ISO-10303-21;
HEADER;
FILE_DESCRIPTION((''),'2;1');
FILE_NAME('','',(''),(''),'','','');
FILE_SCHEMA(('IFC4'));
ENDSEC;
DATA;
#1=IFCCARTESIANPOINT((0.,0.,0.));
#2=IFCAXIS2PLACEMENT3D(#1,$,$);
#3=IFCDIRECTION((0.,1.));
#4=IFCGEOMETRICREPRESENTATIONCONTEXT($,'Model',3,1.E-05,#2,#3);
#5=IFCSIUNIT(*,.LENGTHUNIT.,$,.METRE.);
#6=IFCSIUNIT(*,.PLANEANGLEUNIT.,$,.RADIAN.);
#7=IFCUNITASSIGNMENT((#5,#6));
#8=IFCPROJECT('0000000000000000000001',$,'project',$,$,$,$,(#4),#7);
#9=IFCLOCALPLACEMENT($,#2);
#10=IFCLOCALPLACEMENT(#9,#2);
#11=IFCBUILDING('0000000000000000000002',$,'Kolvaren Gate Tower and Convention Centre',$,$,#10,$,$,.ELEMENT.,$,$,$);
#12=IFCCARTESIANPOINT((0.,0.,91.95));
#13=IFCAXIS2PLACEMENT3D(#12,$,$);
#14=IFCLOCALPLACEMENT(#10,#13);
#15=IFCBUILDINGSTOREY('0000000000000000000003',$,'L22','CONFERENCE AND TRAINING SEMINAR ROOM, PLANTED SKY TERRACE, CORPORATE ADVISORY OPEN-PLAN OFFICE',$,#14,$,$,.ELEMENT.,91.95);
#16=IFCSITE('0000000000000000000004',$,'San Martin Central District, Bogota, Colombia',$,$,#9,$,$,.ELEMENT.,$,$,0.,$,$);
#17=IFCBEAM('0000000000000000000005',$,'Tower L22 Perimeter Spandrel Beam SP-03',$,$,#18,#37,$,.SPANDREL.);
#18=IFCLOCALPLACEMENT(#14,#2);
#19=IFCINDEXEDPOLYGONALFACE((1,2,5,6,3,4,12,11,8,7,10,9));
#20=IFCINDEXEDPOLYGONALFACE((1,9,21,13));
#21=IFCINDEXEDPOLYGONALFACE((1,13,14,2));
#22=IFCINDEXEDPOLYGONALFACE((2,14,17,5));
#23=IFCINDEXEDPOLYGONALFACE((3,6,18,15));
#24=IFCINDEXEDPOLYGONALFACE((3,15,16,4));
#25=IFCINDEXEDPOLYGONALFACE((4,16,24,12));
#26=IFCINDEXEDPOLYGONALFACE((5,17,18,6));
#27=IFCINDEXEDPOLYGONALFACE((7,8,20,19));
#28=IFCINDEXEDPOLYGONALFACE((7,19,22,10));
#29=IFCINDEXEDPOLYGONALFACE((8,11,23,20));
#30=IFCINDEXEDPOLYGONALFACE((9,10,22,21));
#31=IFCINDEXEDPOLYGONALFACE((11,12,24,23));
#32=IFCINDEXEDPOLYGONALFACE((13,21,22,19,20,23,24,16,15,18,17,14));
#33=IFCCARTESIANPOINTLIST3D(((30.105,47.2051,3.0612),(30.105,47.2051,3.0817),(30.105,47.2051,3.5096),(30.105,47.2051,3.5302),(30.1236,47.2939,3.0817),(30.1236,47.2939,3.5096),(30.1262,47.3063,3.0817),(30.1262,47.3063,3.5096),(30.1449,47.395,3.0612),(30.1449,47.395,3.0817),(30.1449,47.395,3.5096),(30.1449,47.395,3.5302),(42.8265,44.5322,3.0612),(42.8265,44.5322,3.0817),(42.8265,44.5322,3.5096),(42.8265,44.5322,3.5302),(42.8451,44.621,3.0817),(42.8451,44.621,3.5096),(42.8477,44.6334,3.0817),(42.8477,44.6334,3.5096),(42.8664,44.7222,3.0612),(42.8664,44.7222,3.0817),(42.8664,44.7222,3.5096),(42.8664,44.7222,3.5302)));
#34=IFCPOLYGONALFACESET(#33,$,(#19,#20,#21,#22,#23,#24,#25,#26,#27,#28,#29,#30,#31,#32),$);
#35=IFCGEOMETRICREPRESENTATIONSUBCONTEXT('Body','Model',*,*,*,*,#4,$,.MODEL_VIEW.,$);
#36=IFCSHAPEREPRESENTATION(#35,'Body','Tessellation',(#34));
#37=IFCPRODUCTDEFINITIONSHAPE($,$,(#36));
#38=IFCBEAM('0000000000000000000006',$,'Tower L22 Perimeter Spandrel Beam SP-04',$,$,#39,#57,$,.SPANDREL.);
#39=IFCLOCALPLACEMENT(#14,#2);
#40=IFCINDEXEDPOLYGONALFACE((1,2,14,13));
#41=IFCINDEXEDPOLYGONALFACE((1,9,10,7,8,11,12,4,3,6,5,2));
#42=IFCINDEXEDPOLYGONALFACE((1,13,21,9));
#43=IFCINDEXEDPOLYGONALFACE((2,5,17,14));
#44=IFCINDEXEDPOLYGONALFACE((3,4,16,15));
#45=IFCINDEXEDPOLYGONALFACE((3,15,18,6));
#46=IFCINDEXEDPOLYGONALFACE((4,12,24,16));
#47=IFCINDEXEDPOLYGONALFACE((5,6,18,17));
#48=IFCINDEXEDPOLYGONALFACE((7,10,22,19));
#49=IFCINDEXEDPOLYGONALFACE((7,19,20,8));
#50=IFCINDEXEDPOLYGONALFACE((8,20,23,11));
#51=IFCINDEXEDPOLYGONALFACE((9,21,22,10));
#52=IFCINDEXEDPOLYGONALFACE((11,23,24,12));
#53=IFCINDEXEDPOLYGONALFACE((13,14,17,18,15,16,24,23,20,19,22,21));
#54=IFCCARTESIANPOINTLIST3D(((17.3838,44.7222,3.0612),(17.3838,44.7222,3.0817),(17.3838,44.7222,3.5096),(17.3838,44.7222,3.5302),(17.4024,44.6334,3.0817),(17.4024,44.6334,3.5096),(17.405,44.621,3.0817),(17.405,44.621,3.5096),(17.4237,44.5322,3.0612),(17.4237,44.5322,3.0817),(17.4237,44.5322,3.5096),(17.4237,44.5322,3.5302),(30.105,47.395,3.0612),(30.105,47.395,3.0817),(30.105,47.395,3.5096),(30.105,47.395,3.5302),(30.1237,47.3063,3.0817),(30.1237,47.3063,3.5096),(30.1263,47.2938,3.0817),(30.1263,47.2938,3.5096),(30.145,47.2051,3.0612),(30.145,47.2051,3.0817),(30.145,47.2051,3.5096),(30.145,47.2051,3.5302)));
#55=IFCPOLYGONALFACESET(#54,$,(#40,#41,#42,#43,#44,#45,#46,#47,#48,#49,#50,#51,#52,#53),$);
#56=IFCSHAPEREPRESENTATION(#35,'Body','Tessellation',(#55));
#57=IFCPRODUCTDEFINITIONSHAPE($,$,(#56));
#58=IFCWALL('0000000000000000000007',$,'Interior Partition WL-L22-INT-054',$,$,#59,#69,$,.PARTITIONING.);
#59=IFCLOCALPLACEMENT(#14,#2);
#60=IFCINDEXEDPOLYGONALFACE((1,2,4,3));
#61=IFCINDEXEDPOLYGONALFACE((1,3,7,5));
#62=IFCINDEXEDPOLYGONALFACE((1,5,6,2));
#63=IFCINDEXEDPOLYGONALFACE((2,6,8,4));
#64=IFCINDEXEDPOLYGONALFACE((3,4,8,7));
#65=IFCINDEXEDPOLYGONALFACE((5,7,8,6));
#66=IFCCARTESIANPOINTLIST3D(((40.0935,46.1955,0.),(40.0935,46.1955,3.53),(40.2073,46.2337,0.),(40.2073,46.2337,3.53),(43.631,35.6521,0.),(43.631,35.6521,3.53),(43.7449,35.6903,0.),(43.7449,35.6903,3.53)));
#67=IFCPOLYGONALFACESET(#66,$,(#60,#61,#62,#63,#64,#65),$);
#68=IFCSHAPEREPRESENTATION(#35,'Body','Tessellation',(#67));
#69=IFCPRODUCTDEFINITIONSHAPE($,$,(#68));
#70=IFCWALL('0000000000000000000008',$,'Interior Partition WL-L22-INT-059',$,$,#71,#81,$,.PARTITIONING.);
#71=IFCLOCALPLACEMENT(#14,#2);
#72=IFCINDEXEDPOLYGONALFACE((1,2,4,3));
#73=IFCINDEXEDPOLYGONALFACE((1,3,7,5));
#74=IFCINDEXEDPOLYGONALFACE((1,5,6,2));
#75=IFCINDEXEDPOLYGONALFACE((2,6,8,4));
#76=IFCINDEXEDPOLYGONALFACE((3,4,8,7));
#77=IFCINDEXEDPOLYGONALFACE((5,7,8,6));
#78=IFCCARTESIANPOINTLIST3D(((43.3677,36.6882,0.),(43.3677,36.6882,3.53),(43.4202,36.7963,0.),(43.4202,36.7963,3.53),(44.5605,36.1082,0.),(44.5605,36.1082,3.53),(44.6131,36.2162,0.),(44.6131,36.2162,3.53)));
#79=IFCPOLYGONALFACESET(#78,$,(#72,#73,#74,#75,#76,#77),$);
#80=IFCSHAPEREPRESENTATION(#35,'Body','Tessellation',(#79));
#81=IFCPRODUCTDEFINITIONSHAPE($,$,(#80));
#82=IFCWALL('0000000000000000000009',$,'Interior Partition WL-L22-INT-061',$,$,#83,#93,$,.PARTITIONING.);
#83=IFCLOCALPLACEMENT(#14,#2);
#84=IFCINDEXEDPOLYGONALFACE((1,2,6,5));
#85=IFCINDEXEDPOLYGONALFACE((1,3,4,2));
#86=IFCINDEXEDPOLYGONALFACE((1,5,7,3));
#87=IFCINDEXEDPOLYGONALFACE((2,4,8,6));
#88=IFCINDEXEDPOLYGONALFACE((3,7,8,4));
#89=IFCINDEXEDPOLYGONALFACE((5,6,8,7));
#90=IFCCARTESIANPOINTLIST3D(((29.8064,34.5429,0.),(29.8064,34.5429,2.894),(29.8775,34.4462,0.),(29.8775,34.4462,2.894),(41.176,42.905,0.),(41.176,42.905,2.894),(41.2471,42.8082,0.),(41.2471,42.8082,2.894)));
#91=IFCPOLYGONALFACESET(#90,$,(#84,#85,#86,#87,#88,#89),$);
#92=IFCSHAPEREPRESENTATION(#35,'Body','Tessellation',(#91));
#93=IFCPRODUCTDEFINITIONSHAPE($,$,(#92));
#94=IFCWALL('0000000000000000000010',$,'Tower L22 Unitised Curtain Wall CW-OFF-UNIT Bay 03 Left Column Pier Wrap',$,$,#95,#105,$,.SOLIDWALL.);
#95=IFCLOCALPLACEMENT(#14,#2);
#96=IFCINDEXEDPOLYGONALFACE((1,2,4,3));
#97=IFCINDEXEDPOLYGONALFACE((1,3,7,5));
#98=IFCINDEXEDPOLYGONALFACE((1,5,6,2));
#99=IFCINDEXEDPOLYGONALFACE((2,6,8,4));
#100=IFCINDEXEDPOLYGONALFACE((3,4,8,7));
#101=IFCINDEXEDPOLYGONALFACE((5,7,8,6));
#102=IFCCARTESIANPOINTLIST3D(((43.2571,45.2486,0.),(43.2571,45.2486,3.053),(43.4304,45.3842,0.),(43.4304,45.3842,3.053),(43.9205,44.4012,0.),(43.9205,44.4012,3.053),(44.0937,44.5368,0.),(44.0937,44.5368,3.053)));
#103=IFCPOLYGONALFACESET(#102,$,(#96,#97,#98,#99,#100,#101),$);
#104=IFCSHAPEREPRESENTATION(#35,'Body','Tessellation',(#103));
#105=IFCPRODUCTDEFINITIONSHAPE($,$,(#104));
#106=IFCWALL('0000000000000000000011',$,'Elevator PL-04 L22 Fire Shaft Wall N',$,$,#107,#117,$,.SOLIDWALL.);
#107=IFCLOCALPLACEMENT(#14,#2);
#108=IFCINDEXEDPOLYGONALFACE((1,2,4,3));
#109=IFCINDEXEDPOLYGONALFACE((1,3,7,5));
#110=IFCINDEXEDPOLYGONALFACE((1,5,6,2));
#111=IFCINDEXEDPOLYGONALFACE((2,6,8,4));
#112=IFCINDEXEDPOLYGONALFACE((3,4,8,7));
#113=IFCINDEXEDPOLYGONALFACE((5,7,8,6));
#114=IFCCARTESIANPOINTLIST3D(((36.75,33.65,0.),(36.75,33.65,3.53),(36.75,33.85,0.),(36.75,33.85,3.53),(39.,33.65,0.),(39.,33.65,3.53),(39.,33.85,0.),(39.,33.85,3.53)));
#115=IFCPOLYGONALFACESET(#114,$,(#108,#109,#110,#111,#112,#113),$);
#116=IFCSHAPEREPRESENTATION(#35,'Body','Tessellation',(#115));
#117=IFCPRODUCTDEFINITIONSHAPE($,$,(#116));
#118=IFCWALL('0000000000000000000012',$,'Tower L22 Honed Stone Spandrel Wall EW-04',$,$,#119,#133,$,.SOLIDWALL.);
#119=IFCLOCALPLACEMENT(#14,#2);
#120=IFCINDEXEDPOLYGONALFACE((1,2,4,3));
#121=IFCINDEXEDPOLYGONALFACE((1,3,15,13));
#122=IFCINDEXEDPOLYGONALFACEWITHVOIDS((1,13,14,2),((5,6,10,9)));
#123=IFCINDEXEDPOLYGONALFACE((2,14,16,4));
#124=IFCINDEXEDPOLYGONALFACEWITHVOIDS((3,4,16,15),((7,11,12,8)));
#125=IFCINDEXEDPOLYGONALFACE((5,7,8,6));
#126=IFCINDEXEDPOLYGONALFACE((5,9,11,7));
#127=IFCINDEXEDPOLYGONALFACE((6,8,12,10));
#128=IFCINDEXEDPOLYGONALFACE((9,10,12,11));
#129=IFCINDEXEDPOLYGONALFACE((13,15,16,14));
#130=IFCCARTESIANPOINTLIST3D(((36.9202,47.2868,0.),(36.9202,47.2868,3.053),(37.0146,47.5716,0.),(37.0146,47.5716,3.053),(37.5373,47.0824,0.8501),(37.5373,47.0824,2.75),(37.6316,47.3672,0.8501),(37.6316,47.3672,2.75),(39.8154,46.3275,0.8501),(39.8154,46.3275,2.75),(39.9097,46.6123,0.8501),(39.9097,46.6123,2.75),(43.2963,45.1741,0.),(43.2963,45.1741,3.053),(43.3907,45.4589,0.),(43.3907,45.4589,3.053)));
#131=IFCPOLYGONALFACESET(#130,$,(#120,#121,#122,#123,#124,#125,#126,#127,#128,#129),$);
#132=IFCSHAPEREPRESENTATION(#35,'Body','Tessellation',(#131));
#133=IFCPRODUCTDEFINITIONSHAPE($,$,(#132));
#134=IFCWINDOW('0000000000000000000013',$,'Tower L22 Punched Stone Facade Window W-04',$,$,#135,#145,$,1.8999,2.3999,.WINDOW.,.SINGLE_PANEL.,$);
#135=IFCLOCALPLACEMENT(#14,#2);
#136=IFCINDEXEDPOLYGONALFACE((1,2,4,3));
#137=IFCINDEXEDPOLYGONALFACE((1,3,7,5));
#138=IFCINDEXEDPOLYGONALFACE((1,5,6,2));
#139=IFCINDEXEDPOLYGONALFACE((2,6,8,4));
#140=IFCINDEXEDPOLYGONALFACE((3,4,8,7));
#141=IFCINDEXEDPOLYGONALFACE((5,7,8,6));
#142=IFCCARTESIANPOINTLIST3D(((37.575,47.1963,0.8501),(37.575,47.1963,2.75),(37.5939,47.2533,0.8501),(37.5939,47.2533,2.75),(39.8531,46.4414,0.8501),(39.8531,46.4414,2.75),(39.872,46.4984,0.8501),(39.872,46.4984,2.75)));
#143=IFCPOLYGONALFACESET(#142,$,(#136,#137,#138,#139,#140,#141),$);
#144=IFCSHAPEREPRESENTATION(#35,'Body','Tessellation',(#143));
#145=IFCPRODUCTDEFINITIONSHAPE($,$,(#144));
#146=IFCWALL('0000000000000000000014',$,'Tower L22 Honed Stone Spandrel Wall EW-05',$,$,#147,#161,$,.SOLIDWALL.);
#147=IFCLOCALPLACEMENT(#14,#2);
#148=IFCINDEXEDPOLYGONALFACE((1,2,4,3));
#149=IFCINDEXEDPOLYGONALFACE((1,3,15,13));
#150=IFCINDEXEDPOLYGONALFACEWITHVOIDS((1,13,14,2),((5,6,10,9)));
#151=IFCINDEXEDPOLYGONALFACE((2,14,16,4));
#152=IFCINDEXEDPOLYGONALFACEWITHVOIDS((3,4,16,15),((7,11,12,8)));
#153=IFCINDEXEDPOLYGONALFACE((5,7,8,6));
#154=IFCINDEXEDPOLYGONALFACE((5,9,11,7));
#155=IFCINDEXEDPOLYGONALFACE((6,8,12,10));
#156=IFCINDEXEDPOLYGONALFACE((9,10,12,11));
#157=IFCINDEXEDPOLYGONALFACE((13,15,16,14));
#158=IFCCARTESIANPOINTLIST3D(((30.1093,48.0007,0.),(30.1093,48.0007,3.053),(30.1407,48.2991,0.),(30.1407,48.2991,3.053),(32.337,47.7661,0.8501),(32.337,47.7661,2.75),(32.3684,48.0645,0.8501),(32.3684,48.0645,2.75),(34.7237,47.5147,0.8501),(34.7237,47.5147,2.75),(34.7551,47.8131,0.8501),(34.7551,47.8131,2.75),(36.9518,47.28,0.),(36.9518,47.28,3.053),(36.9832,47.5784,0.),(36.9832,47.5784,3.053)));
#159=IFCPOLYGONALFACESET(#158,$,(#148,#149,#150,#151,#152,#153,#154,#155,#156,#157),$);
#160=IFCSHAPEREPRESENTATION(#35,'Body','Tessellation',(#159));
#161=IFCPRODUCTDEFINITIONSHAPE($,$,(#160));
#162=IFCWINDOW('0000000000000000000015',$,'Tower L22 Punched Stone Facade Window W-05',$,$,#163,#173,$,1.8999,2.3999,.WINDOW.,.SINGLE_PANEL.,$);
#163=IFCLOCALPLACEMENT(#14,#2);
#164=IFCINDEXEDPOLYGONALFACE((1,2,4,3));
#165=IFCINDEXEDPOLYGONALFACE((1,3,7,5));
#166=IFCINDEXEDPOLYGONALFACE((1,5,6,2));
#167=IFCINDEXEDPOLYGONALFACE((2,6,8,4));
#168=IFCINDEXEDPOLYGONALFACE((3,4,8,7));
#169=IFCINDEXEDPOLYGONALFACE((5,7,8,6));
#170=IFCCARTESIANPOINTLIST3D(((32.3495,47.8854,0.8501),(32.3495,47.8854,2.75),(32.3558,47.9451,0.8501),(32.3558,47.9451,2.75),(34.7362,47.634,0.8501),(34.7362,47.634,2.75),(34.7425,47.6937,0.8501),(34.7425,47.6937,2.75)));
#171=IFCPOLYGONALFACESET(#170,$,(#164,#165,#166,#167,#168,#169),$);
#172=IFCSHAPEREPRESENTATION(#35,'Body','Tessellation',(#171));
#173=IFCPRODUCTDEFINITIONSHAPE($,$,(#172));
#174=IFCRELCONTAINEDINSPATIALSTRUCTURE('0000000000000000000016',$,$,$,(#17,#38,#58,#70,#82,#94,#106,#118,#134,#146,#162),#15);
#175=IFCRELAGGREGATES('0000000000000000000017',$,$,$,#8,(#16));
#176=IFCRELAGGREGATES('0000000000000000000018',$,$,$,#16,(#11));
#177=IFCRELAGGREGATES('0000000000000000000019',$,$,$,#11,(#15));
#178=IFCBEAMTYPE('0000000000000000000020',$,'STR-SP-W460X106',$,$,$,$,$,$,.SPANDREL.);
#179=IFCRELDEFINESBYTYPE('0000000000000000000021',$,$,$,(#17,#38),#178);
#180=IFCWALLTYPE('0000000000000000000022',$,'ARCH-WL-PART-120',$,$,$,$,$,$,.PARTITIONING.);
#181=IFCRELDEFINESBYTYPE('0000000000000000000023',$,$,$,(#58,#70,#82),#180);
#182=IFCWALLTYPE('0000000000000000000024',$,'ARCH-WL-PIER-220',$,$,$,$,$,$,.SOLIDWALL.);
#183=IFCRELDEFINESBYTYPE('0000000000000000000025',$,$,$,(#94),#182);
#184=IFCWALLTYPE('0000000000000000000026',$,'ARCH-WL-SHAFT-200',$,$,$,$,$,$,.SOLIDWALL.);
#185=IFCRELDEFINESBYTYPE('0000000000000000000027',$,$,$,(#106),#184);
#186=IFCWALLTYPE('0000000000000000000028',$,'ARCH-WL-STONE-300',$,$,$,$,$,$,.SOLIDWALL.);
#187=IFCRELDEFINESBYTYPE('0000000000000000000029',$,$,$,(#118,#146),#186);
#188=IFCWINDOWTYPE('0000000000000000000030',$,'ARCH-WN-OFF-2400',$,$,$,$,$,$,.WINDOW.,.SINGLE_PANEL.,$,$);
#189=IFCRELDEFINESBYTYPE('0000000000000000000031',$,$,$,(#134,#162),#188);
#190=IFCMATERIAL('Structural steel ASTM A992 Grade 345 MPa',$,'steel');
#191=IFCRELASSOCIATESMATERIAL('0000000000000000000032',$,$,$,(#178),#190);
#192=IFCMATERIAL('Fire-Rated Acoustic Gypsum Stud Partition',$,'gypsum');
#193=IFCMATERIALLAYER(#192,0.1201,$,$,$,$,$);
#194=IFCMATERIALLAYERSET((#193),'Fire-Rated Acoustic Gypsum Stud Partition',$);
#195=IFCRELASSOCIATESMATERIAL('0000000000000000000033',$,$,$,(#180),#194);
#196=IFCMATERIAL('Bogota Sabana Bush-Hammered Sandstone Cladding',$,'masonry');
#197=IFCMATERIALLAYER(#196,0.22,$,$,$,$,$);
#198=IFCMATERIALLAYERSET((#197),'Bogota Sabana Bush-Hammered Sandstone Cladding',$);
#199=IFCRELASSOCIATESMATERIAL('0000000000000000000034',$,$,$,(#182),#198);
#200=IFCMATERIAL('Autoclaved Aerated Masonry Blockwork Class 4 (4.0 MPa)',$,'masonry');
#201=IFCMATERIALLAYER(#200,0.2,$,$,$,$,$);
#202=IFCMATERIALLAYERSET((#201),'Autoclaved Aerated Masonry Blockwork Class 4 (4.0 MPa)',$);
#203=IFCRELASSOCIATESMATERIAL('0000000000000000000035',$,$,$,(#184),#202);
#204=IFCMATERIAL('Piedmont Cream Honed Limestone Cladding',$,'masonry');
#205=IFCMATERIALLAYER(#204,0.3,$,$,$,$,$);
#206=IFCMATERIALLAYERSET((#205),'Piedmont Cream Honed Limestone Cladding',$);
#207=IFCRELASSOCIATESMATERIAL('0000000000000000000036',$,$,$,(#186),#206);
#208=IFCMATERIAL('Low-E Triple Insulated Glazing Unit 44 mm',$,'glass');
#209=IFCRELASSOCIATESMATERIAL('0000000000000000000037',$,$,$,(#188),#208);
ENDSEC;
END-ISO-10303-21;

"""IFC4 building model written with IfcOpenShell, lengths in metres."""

from ifc_helpers import new_model, si_unit, direction, frame, frame_2d, origin, origin_2d, place, context, subcontext, project, spatial, rectangle, i_section, extrude, material, layer, layer_set, material_profile, profile_set, type_object, element, fill, save


model = new_model("IFC4")

# Units and contexts
model_context = context("Model", 3, precision=1e-05, world=origin(), true_north=direction((0.0, 1.0)))
body_context = subcontext(model_context, "Body", "Model", "MODEL_VIEW")
ifc_project = project(units=[si_unit("LENGTHUNIT", "METRE"), si_unit("PLANEANGLEUNIT", "RADIAN")], contexts=[model_context])

# Site, building, storey
site_placement = place(None, origin())
site = spatial("IfcSite", under=ifc_project, at=site_placement, Name="San Martin Central District, Bogota, Colombia", CompositionType="ELEMENT", RefElevation=0.0)
building_placement = place(site_placement, origin())
building = spatial("IfcBuilding", under=site, at=building_placement, Name="Kolvaren Gate Tower and Convention Centre", CompositionType="ELEMENT")
storey_placement = place(building_placement, frame((0.0, 0.0, 91.95)))
storey = spatial("IfcBuildingStorey", under=building, at=storey_placement, Name="L22", Description="CONFERENCE AND TRAINING SEMINAR ROOM, PLANTED SKY TERRACE, CORPORATE ADVISORY OPEN-PLAN OFFICE", CompositionType="ELEMENT", Elevation=91.95)

# Beams
ifc_material_1 = material(Name="Structural steel ASTM A992 Grade 345 MPa", Category="steel")
ifc_material_profile_1 = material_profile(ifc_material_1, i_section(OverallWidth=0.1941, OverallDepth=0.469, WebThickness=0.0127, FlangeThickness=0.0205, at=origin_2d()), Name="W460X106")
ifc_profile_set_1 = profile_set([ifc_material_profile_1], Name="Structural steel ASTM A992 Grade 345 MPa")
beam_type_1 = type_object("IfcBeamType", Name="STR-SP-W460X106", PredefinedType="SPANDREL", material=ifc_profile_set_1)
beam_1_placement = place(storey_placement, frame((42.8464, 44.6272, 3.2957), z_axis=(-0.978633, 0.205617, 0.0), x_axis=(-0.205617, -0.978633, 0.0)))
element("IfcBeam", 1, at=beam_1_placement, inside=storey, type_object=beam_type_1, Name="Tower L22 Perimeter Spandrel Beam SP-03", PredefinedType="SPANDREL", context=body_context, shape_type="SweptSolid", body=[
    extrude(i_section(OverallWidth=0.1941, OverallDepth=0.469, WebThickness=0.0127, FlangeThickness=0.0205, at=origin_2d()), origin(), (0.0, 0.0, 1.0), 12.9993),
])
beam_2_placement = place(storey_placement, frame((30.125, 47.3, 3.2957), z_axis=(-0.978632, -0.20562, 0.0), x_axis=(0.20562, -0.978632, 0.0)))
element("IfcBeam", 2, at=beam_2_placement, inside=storey, type_object=beam_type_1, Name="Tower L22 Perimeter Spandrel Beam SP-04", PredefinedType="SPANDREL", context=body_context, shape_type="SweptSolid", body=[
    extrude(i_section(OverallWidth=0.1941, OverallDepth=0.469, WebThickness=0.0127, FlangeThickness=0.0205, at=origin_2d()), origin(), (0.0, 0.0, 1.0), 12.999),
])

# Walls
ifc_material_2 = material(Name="Fire-Rated Acoustic Gypsum Stud Partition", Category="gypsum")
ifc_layer_1 = layer(ifc_material_2, 0.1201)
ifc_layer_set_1 = layer_set([ifc_layer_1], Name="Fire-Rated Acoustic Gypsum Stud Partition")
wall_type_1 = type_object("IfcWallType", Name="ARCH-WL-PART-120", PredefinedType="PARTITIONING", material=ifc_layer_set_1)
wall_1_placement = place(storey_placement, frame((40.1504, 46.2146, 0.0), z_axis=(0.0, 0.0, 1.0), x_axis=(0.318098, -0.948058, 0.0)))
element("IfcWall", 3, at=wall_1_placement, inside=storey, type_object=wall_type_1, Name="Interior Partition WL-L22-INT-054", PredefinedType="PARTITIONING", context=body_context, shape_type="SweptSolid", body=[
    extrude(rectangle(XDim=11.1211, YDim=0.1201, at=frame_2d((5.5605, 0.0))), origin(), (0.0, 0.0, 1.0), 3.53),
])
wall_2_placement = place(storey_placement, frame((43.394, 36.7422, 0.0), z_axis=(0.0, 0.0, 1.0), x_axis=(0.899306, -0.437321, 0.0)))
element("IfcWall", 4, at=wall_2_placement, inside=storey, type_object=wall_type_1, Name="Interior Partition WL-L22-INT-059", PredefinedType="PARTITIONING", context=body_context, shape_type="SweptSolid", body=[
    extrude(rectangle(XDim=1.3264, YDim=0.1201, at=frame_2d((0.6631, 0.0))), origin(), (0.0, 0.0, 1.0), 3.53),
])
wall_3_placement = place(storey_placement, frame((29.842, 34.4946, 0.0), z_axis=(0.0, 0.0, 1.0), x_axis=(0.805582, 0.592484, 0.0)))
element("IfcWall", 5, at=wall_3_placement, inside=storey, type_object=wall_type_1, Name="Interior Partition WL-L22-INT-061", PredefinedType="PARTITIONING", context=body_context, shape_type="SweptSolid", body=[
    extrude(rectangle(XDim=14.1135, YDim=0.1201, at=frame_2d((7.0566, 0.0))), origin(), (0.0, 0.0, 1.0), 2.894),
])
ifc_material_3 = material(Name="Bogota Sabana Bush-Hammered Sandstone Cladding", Category="masonry")
ifc_layer_2 = layer(ifc_material_3, 0.22)
ifc_layer_set_2 = layer_set([ifc_layer_2], Name="Bogota Sabana Bush-Hammered Sandstone Cladding")
wall_type_2 = type_object("IfcWallType", Name="ARCH-WL-PIER-220", PredefinedType="SOLIDWALL", material=ifc_layer_set_2)
wall_4_placement = place(storey_placement, frame((43.3438, 45.3164, 0.0), z_axis=(0.0, 0.0, 1.0), x_axis=(0.616388, -0.787443, 0.0)))
element("IfcWall", 6, at=wall_4_placement, inside=storey, type_object=wall_type_2, Name="Tower L22 Unitised Curtain Wall CW-OFF-UNIT Bay 03 Left Column Pier Wrap", PredefinedType="SOLIDWALL", context=body_context, shape_type="SweptSolid", body=[
    extrude(rectangle(XDim=1.0762, YDim=0.22, at=frame_2d((0.5381, 0.0))), origin(), (0.0, 0.0, 1.0), 3.053),
])
ifc_material_4 = material(Name="Autoclaved Aerated Masonry Blockwork Class 4 (4.0 MPa)", Category="masonry")
ifc_layer_3 = layer(ifc_material_4, 0.2)
ifc_layer_set_3 = layer_set([ifc_layer_3], Name="Autoclaved Aerated Masonry Blockwork Class 4 (4.0 MPa)")
wall_type_3 = type_object("IfcWallType", Name="ARCH-WL-SHAFT-200", PredefinedType="SOLIDWALL", material=ifc_layer_set_3)
wall_5_placement = place(storey_placement, frame((36.75, 33.75, 0.0), z_axis=(0.0, 0.0, 1.0), x_axis=(1.0, 0.0, 0.0)))
element("IfcWall", 7, at=wall_5_placement, inside=storey, type_object=wall_type_3, Name="Elevator PL-04 L22 Fire Shaft Wall N", PredefinedType="SOLIDWALL", context=body_context, shape_type="SweptSolid", body=[
    extrude(rectangle(XDim=2.25, YDim=0.2, at=frame_2d((1.125, 0.0))), origin(), (0.0, 0.0, 1.0), 3.53),
])

# Walls, openings, windows
ifc_material_5 = material(Name="Piedmont Cream Honed Limestone Cladding", Category="masonry")
ifc_layer_4 = layer(ifc_material_5, 0.3)
ifc_layer_set_4 = layer_set([ifc_layer_4], Name="Piedmont Cream Honed Limestone Cladding")
wall_type_4 = type_object("IfcWallType", Name="ARCH-WL-STONE-300", PredefinedType="SOLIDWALL", material=ifc_layer_set_4)
wall_6_placement = place(storey_placement, frame((36.9675, 47.4292, 0.0), z_axis=(0.0, 0.0, 1.0), x_axis=(0.949245, -0.314537, 0.0)))
wall_6 = element("IfcWall", 8, at=wall_6_placement, inside=storey, type_object=wall_type_4, Name="Tower L22 Honed Stone Spandrel Wall EW-04", PredefinedType="SOLIDWALL", context=body_context, shape_type="SweptSolid", body=[
    extrude(rectangle(XDim=6.717, YDim=0.3, at=frame_2d((3.3584, 0.0))), origin(), (0.0, 0.0, 1.0), 3.053),
])
opening_1_placement = place(wall_6_placement, frame((0.6499, 0.0, 0.8501)))
opening_1 = element("IfcOpeningElement", 9, at=opening_1_placement, cuts=wall_6, PredefinedType="OPENING", context=body_context, shape_type="SweptSolid", body=[
    extrude(rectangle(XDim=2.3999, YDim=1.8999, at=frame_2d((1.2, 0.95))), frame((0.0, 0.1599, 0.0), z_axis=(0.0, -1.0, 0.0), x_axis=(1.0, 0.0, 0.0)), (0.0, 0.0, 1.0), 0.3201),
])
ifc_material_6 = material(Name="Low-E Triple Insulated Glazing Unit 44 mm", Category="glass")
window_type = type_object("IfcWindowType", Name="ARCH-WN-OFF-2400", PartitioningType="SINGLE_PANEL", PredefinedType="WINDOW", material=ifc_material_6)
window_1_placement = place(opening_1_placement, origin())
window_1 = element("IfcWindow", 10, at=window_1_placement, inside=storey, type_object=window_type, Name="Tower L22 Punched Stone Facade Window W-04", OverallHeight=1.8999, OverallWidth=2.3999, PartitioningType="SINGLE_PANEL", PredefinedType="WINDOW", context=body_context, shape_type="SweptSolid", body=[
    extrude(rectangle(XDim=2.3999, YDim=1.8999, at=frame_2d((1.2, 0.95))), frame((0.0, 0.03, 0.0), z_axis=(0.0, -1.0, 0.0), x_axis=(1.0, 0.0, 0.0)), (0.0, 0.0, 1.0), 0.0601),
])
fill(opening_1, window_1)
wall_7_placement = place(storey_placement, frame((30.125, 48.1499, 0.0), z_axis=(0.0, 0.0, 1.0), x_axis=(0.994499, -0.104748, 0.0)))
wall_7 = element("IfcWall", 11, at=wall_7_placement, inside=storey, type_object=wall_type_4, Name="Tower L22 Honed Stone Spandrel Wall EW-05", PredefinedType="SOLIDWALL", context=body_context, shape_type="SweptSolid", body=[
    extrude(rectangle(XDim=6.8804, YDim=0.3, at=frame_2d((3.4402, 0.0))), origin(), (0.0, 0.0, 1.0), 3.053),
])
opening_2_placement = place(wall_7_placement, frame((2.24, 0.0, 0.8501)))
opening_2 = element("IfcOpeningElement", 12, at=opening_2_placement, cuts=wall_7, PredefinedType="OPENING", context=body_context, shape_type="SweptSolid", body=[
    extrude(rectangle(XDim=2.3999, YDim=1.8999, at=frame_2d((1.2, 0.95))), frame((0.0, 0.1599, 0.0), z_axis=(0.0, -1.0, 0.0), x_axis=(1.0, 0.0, 0.0)), (0.0, 0.0, 1.0), 0.3201),
])
window_2_placement = place(opening_2_placement, origin())
window_2 = element("IfcWindow", 13, at=window_2_placement, inside=storey, type_object=window_type, Name="Tower L22 Punched Stone Facade Window W-05", OverallHeight=1.8999, OverallWidth=2.3999, PartitioningType="SINGLE_PANEL", PredefinedType="WINDOW", context=body_context, shape_type="SweptSolid", body=[
    extrude(rectangle(XDim=2.3999, YDim=1.8999, at=frame_2d((1.2, 0.95))), frame((0.0, 0.03, 0.0), z_axis=(0.0, -1.0, 0.0), x_axis=(1.0, 0.0, 0.0)), (0.0, 0.0, 1.0), 0.0601),
])
fill(opening_2, window_2)

save(model, "model.ifc")
